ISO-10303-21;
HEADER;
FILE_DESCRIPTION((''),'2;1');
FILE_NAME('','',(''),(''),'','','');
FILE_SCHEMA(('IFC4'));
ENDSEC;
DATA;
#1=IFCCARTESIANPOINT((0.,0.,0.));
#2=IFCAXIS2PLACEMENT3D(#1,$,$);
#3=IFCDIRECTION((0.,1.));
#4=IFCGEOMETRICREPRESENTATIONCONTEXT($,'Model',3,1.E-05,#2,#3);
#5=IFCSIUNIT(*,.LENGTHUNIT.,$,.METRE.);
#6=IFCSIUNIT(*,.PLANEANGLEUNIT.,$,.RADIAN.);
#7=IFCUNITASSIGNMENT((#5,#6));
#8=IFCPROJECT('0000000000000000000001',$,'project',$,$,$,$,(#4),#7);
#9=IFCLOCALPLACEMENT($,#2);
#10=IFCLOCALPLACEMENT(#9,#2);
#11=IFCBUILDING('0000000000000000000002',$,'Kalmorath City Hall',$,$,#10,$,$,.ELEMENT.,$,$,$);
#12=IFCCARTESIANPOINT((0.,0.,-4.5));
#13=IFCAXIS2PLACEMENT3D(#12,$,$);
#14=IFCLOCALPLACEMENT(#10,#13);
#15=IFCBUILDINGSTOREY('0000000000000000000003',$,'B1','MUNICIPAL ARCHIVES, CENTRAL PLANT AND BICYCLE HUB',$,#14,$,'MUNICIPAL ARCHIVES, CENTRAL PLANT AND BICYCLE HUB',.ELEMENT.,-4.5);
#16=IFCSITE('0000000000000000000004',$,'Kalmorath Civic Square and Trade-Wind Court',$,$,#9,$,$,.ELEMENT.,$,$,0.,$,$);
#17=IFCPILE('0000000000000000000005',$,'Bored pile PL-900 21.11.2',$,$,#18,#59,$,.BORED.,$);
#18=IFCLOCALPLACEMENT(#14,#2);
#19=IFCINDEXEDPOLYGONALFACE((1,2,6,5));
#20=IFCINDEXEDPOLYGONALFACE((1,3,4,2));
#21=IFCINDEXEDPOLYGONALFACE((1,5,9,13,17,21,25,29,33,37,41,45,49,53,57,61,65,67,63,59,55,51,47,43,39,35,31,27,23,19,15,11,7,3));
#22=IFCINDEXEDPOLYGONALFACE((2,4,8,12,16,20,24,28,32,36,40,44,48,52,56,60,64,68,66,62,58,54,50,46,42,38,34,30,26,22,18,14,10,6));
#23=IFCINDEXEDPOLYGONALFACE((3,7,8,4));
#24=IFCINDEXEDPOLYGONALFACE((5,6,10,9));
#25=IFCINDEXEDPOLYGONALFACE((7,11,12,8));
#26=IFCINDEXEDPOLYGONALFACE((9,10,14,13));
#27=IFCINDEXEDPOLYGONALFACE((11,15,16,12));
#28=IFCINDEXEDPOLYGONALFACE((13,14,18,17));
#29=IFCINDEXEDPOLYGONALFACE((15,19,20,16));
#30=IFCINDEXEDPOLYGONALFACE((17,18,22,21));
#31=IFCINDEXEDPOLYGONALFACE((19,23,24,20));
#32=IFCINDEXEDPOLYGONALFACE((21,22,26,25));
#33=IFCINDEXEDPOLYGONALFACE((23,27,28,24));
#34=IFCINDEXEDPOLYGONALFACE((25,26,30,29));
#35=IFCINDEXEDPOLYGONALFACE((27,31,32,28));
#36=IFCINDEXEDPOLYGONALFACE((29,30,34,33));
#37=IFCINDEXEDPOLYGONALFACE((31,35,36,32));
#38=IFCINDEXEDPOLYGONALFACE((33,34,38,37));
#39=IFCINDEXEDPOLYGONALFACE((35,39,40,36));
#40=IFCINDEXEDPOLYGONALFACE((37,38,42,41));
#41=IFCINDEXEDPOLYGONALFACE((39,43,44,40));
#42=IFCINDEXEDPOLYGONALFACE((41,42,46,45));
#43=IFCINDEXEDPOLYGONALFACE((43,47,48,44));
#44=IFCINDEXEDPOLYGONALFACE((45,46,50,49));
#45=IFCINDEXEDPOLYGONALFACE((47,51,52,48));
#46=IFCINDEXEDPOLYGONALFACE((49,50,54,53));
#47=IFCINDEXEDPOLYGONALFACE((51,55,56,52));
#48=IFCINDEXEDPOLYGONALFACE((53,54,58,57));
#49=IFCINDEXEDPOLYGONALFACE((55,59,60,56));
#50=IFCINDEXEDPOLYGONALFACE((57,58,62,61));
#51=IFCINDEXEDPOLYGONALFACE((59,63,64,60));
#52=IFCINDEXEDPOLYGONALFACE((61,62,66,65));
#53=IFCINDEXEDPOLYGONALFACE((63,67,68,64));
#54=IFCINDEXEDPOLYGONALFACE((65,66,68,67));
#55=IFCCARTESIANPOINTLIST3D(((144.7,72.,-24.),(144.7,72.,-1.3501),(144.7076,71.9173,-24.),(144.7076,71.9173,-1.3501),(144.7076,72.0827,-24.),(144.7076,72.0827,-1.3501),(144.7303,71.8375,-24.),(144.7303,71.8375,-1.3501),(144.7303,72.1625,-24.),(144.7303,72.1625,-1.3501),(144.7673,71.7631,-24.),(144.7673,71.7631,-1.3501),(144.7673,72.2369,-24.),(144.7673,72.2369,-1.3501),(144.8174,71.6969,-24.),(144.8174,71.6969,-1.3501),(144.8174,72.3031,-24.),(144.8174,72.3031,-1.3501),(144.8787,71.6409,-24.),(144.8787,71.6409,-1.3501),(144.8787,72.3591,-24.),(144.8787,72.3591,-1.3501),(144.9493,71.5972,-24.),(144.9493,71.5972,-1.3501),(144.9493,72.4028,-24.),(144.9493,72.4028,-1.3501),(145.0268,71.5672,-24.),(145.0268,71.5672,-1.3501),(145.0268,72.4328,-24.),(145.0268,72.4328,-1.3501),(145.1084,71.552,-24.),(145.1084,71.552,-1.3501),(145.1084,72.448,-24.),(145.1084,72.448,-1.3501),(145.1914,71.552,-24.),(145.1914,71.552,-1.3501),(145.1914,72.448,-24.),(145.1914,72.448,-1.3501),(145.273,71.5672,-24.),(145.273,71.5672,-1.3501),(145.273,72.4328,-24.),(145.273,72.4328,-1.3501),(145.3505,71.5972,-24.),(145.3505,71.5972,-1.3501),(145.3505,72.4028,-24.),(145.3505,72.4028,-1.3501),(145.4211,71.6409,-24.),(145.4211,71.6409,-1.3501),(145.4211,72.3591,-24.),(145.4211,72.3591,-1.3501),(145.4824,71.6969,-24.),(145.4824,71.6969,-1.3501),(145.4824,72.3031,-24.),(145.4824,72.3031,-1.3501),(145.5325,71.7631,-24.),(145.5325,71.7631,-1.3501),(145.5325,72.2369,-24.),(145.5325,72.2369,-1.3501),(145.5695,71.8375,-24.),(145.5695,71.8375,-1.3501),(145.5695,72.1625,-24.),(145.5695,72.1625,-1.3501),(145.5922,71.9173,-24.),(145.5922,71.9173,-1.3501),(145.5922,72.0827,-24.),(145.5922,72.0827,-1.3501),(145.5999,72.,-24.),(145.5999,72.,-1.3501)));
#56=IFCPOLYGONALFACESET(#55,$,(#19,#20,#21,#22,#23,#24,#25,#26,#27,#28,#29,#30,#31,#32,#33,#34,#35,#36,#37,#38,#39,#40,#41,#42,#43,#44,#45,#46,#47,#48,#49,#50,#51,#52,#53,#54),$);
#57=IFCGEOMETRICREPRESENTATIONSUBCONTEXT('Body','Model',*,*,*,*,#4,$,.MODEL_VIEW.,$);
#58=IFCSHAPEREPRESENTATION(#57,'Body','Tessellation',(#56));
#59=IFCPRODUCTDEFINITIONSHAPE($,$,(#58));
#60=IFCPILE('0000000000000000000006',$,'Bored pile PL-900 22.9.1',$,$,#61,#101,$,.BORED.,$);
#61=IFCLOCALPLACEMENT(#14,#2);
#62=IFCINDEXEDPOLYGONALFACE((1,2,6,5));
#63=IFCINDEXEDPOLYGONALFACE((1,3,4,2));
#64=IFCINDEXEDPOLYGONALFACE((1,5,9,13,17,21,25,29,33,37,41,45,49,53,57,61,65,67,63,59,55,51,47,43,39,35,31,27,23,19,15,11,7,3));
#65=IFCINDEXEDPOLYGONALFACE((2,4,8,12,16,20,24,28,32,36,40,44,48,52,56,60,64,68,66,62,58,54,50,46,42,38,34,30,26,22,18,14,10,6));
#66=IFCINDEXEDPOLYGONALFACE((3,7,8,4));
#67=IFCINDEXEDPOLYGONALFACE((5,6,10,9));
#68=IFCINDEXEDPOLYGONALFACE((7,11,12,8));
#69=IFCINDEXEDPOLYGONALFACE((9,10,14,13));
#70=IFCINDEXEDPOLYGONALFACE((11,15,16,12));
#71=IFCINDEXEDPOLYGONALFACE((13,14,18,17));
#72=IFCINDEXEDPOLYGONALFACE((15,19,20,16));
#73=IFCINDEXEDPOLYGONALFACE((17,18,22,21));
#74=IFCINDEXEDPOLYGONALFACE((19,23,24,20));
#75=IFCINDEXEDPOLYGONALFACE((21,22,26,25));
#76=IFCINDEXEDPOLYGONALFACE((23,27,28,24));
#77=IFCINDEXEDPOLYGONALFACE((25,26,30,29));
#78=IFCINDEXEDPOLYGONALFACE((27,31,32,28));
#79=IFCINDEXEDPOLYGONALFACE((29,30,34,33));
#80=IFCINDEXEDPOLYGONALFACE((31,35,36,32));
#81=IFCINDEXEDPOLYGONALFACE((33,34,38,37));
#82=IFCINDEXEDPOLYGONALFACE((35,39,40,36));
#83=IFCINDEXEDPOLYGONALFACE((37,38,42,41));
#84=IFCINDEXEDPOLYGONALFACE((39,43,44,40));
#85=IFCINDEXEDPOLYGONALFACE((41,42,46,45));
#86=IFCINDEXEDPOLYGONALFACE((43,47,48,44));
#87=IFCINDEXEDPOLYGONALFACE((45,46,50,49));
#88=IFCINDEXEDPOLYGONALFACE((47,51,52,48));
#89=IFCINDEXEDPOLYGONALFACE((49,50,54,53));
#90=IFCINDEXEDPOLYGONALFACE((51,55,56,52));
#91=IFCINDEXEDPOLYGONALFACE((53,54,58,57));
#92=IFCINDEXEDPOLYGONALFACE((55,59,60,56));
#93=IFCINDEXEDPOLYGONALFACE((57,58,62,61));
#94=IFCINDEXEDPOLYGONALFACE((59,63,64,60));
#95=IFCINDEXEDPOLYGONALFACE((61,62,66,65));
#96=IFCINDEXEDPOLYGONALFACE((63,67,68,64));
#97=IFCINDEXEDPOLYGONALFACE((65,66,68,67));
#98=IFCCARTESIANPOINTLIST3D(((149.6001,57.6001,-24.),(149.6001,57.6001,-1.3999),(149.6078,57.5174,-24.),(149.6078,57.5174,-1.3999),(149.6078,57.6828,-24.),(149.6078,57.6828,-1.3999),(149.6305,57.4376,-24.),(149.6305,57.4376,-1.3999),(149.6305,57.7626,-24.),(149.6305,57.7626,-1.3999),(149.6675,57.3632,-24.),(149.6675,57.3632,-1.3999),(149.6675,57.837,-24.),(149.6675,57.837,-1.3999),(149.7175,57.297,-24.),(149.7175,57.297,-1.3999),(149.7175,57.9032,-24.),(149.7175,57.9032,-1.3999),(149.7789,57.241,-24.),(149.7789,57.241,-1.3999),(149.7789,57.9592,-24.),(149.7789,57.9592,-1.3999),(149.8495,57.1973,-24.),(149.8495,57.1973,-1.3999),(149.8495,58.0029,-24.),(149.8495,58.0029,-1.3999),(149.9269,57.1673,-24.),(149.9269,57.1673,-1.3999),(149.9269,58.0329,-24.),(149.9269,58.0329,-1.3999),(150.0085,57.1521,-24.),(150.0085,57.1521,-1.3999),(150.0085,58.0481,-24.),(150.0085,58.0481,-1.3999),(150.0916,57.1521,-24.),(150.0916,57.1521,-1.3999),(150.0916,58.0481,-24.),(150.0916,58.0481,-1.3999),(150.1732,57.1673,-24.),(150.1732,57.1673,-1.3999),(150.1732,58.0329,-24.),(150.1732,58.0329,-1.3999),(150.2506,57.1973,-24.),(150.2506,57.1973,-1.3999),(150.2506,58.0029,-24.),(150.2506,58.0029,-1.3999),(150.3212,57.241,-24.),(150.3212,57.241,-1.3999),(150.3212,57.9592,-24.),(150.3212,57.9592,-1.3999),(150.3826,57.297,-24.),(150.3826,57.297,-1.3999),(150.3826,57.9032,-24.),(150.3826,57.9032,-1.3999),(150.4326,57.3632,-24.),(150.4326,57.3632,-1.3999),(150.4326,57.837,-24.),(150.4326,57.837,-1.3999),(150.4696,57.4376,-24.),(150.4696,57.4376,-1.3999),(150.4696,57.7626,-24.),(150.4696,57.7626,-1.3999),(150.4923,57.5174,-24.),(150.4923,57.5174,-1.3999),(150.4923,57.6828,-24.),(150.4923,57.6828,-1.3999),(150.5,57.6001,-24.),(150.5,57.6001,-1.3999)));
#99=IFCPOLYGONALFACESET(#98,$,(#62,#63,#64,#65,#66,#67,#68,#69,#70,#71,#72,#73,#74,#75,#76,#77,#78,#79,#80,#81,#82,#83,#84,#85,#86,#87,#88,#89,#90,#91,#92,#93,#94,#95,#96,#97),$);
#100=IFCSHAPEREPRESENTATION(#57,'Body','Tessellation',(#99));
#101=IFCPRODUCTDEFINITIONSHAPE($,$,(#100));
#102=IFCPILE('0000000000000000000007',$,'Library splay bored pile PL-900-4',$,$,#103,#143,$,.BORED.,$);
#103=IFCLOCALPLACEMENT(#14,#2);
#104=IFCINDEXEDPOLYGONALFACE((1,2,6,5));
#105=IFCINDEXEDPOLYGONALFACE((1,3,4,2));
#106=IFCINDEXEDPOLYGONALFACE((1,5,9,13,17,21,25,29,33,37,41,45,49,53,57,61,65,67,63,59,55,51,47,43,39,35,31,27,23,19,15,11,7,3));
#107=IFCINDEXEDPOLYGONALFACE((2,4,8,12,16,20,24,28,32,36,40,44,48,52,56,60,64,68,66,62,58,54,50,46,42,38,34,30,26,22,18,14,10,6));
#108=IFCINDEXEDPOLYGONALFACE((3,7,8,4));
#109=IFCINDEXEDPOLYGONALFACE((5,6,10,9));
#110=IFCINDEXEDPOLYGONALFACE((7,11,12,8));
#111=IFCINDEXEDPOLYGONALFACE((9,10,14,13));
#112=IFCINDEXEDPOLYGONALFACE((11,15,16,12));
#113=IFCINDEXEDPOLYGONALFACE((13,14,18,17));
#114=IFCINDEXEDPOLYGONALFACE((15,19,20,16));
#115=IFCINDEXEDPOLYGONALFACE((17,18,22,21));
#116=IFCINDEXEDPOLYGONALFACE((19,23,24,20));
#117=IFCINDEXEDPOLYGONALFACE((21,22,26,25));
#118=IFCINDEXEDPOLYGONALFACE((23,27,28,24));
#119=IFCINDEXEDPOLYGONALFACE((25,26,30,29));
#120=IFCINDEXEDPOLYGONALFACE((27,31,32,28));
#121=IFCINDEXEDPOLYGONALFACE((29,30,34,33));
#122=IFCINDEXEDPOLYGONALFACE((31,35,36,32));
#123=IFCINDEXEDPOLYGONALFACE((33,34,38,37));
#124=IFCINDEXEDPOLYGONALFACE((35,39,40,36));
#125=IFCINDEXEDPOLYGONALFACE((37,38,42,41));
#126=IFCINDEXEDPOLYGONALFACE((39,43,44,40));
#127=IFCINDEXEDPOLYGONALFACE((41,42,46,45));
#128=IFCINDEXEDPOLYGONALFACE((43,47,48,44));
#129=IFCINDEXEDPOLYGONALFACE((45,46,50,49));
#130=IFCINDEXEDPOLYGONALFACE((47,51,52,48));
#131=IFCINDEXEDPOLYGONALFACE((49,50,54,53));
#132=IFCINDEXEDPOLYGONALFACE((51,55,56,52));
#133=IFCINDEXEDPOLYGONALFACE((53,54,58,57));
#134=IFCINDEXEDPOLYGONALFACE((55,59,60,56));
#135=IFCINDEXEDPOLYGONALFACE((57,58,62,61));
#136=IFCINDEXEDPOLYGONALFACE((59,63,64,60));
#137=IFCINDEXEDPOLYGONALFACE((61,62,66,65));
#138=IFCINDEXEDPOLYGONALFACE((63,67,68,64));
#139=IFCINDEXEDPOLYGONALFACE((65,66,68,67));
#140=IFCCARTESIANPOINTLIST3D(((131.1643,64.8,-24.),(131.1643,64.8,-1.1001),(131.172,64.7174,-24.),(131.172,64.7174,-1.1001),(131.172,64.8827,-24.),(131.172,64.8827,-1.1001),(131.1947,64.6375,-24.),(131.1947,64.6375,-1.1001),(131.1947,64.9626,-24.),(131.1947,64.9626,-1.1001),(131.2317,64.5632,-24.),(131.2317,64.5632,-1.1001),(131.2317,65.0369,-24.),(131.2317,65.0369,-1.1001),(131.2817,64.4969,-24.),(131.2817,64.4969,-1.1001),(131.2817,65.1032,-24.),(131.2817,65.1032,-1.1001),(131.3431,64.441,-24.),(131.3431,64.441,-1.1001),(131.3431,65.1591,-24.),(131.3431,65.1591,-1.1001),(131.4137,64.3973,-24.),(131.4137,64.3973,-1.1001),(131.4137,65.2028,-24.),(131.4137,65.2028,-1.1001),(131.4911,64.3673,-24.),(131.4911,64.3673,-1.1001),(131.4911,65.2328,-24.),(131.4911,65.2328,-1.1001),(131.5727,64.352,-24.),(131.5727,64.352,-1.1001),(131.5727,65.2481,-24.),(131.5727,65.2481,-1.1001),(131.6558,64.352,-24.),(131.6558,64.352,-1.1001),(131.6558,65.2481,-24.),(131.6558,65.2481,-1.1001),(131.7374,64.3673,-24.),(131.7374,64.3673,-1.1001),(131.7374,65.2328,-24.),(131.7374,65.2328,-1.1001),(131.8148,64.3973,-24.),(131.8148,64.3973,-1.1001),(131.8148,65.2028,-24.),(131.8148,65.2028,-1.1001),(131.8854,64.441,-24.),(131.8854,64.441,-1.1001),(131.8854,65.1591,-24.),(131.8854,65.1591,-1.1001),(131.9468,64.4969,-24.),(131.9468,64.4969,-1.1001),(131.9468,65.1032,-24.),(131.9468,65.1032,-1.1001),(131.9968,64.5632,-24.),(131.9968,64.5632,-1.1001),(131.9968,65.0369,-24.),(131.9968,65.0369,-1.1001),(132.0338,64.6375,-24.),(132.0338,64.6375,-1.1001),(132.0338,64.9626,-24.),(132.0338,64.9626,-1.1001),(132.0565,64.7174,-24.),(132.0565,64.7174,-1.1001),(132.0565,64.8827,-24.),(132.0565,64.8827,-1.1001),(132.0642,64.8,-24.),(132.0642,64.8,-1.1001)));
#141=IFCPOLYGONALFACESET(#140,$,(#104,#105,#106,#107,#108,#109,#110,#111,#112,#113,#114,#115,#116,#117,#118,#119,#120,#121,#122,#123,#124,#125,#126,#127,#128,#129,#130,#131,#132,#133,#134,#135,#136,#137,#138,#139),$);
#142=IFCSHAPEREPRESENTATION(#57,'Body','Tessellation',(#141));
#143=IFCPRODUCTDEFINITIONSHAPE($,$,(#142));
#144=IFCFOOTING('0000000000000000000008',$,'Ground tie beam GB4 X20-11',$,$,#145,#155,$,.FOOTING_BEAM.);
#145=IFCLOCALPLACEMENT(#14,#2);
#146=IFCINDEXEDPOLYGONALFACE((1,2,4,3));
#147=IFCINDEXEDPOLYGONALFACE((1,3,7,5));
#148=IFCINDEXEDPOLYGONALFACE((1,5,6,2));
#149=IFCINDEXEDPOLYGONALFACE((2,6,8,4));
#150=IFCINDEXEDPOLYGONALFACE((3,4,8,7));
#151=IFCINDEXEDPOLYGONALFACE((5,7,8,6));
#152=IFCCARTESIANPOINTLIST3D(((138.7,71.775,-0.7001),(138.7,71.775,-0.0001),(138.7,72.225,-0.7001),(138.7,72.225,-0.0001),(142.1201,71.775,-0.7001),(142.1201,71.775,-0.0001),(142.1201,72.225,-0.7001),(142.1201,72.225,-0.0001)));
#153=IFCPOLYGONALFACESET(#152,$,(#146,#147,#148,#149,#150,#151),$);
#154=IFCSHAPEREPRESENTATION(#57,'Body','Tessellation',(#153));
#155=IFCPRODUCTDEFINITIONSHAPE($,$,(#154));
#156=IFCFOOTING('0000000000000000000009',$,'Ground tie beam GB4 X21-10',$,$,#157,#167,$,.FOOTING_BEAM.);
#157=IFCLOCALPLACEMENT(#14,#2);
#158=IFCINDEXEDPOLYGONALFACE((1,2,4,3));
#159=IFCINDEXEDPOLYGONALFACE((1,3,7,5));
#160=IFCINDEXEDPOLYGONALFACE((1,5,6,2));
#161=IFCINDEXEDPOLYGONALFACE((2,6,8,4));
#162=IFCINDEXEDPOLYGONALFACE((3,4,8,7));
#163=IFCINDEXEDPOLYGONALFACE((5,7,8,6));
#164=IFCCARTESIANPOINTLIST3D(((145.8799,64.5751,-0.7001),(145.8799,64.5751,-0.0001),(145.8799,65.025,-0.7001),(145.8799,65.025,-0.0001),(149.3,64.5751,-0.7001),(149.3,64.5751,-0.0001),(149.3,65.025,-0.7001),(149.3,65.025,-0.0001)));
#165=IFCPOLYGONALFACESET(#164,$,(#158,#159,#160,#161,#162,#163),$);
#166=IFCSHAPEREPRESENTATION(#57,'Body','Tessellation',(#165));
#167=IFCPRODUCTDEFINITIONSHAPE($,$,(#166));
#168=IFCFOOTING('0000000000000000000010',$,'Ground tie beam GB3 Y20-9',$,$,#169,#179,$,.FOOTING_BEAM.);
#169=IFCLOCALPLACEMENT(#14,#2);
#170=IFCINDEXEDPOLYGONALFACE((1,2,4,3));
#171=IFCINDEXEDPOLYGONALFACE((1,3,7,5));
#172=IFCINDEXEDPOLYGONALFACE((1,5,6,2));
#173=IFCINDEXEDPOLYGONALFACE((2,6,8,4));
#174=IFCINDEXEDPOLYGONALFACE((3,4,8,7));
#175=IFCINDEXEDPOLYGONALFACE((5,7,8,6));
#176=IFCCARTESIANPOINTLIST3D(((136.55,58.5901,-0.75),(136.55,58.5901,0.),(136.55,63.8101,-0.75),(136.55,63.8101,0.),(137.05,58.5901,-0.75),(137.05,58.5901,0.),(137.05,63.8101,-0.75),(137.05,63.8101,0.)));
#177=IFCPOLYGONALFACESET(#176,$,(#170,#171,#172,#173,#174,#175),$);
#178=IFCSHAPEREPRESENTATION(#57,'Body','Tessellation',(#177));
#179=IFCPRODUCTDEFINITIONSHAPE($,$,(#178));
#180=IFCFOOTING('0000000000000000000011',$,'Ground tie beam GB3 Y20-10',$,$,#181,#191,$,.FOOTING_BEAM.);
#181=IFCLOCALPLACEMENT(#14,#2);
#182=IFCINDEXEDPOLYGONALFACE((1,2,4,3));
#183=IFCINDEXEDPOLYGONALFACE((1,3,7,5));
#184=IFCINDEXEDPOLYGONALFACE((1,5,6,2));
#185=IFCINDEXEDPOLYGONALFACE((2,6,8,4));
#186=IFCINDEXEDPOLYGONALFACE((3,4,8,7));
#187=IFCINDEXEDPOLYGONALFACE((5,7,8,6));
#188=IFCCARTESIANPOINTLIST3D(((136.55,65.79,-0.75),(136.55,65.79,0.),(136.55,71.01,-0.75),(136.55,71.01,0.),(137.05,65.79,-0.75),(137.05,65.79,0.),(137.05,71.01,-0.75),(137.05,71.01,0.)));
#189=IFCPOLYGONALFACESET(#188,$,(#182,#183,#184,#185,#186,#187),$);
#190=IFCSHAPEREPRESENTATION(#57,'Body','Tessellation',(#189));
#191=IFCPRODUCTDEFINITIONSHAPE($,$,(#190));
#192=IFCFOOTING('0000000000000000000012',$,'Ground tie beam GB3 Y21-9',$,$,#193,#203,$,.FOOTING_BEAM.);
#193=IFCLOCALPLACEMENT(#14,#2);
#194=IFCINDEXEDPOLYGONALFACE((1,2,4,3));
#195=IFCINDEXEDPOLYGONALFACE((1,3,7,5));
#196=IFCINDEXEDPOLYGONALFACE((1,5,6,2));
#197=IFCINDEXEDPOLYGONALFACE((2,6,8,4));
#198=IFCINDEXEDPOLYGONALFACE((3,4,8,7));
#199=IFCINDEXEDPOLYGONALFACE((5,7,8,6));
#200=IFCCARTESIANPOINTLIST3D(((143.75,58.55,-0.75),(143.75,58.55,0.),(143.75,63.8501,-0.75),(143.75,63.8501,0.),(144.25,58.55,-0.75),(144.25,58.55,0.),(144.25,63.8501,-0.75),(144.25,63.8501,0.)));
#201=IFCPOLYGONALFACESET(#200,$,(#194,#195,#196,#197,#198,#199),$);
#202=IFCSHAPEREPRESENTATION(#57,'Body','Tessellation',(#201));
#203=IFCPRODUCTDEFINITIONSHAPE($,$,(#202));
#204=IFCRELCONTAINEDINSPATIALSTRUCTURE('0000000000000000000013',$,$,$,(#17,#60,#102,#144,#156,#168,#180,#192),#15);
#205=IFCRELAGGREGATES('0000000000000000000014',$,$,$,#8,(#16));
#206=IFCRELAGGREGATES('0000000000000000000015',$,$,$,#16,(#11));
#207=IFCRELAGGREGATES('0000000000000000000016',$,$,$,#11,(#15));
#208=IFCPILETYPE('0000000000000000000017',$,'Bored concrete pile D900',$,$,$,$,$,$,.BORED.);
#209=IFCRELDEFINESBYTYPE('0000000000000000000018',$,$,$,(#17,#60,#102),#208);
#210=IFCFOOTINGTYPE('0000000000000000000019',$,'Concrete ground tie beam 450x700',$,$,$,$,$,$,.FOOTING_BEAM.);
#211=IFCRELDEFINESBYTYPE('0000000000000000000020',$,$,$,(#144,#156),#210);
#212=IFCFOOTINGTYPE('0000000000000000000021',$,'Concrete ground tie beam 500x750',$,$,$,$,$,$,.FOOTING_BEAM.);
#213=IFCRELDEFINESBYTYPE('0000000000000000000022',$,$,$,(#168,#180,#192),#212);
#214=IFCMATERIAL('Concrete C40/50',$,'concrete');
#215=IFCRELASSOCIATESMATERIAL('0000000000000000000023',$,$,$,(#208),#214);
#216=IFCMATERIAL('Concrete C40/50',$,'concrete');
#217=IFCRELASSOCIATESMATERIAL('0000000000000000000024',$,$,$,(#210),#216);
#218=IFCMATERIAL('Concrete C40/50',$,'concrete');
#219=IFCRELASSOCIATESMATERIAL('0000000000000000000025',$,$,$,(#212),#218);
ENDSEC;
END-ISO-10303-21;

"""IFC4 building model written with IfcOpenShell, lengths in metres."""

from ifc_helpers import new_model, si_unit, direction, frame, origin, origin_2d, place, context, subcontext, project, spatial, rectangle, circle, extrude, material, material_profile, profile_set, type_object, element, save


model = new_model("IFC4")

# Units and contexts
model_context = context("Model", 3, precision=1e-05, world=origin(), true_north=direction((0.0, 1.0)))
body_context = subcontext(model_context, "Body", "Model", "MODEL_VIEW")
ifc_project = project(units=[si_unit("LENGTHUNIT", "METRE"), si_unit("PLANEANGLEUNIT", "RADIAN")], contexts=[model_context])

# Site, building, storey
site_placement = place(None, origin())
site = spatial("IfcSite", under=ifc_project, at=site_placement, Name="Kalmorath Civic Square and Trade-Wind Court", CompositionType="ELEMENT", RefElevation=0.0)
building_placement = place(site_placement, origin())
building = spatial("IfcBuilding", under=site, at=building_placement, Name="Kalmorath City Hall", CompositionType="ELEMENT")
storey_placement = place(building_placement, frame((0.0, 0.0, -4.5)))
storey = spatial("IfcBuildingStorey", under=building, at=storey_placement, Name="B1", Description="MUNICIPAL ARCHIVES, CENTRAL PLANT AND BICYCLE HUB", LongName="MUNICIPAL ARCHIVES, CENTRAL PLANT AND BICYCLE HUB", CompositionType="ELEMENT", Elevation=-4.5)

# Piles
ifc_material_1 = material(Name="Concrete C40/50", Category="concrete")
ifc_material_profile_1 = material_profile(ifc_material_1, circle(Radius=0.45, at=origin_2d()), Name="PILE-D900")
ifc_profile_set_1 = profile_set([ifc_material_profile_1], Name="Concrete C40/50")
pile_type = type_object("IfcPileType", Name="Bored concrete pile D900", PredefinedType="BORED", material=ifc_profile_set_1)
for number, where, z_axis, x_axis, name in (
    (1, (145.1499, 72.0, -1.3501), (0.0, 0.0, -1.0), (1.0, 0.0, 0.0), "Bored pile PL-900 21.11.2"),
):
    element("IfcPile", number, at=place(storey_placement, frame(where, z_axis=z_axis, x_axis=x_axis)), inside=storey, type_object=pile_type, Name=name, PredefinedType="BORED", context=body_context, shape_type="SweptSolid", body=[
        extrude(circle(Radius=0.45, at=origin_2d()), origin(), (0.0, 0.0, 1.0), 22.6499),
    ])
pile_1_placement = place(storey_placement, frame((150.05, 57.6001, -1.3999), z_axis=(0.0, 0.0, -1.0), x_axis=(1.0, 0.0, 0.0)))
element("IfcPile", 2, at=pile_1_placement, inside=storey, type_object=pile_type, Name="Bored pile PL-900 22.9.1", PredefinedType="BORED", context=body_context, shape_type="SweptSolid", body=[
    extrude(circle(Radius=0.45, at=origin_2d()), origin(), (0.0, 0.0, 1.0), 22.6001),
])
pile_2_placement = place(storey_placement, frame((131.6143, 64.8, -1.1001), z_axis=(0.0, 0.0, -1.0), x_axis=(1.0, 0.0, 0.0)))
element("IfcPile", 3, at=pile_2_placement, inside=storey, type_object=pile_type, Name="Library splay bored pile PL-900-4", PredefinedType="BORED", context=body_context, shape_type="SweptSolid", body=[
    extrude(circle(Radius=0.45, at=origin_2d()), origin(), (0.0, 0.0, 1.0), 22.8999),
])

# Footings
ifc_material_2 = material(Name="Concrete C40/50", Category="concrete")
ifc_material_profile_2 = material_profile(ifc_material_2, rectangle(XDim=0.45, YDim=0.7, at=origin_2d()), Name="RC-BM-450X700")
ifc_profile_set_2 = profile_set([ifc_material_profile_2], Name="Concrete C40/50")
footing_type_1 = type_object("IfcFootingType", Name="Concrete ground tie beam 450x700", PredefinedType="FOOTING_BEAM", material=ifc_profile_set_2)
for number, where, z_axis, x_axis, name in (
    (4, (138.7, 72.0, -0.3501), (1.0, 0.0, 0.0), (0.0, 1.0, 0.0), "Ground tie beam GB4 X20-11"),
    (5, (145.8799, 64.8, -0.3501), (1.0, 0.0, 0.0), (0.0, 1.0, 0.0), "Ground tie beam GB4 X21-10"),
):
    element("IfcFooting", number, at=place(storey_placement, frame(where, z_axis=z_axis, x_axis=x_axis)), inside=storey, type_object=footing_type_1, Name=name, PredefinedType="FOOTING_BEAM", context=body_context, shape_type="SweptSolid", body=[
        extrude(rectangle(XDim=0.45, YDim=0.7, at=origin_2d()), origin(), (0.0, 0.0, 1.0), 3.4202),
    ])
ifc_material_3 = material(Name="Concrete C40/50", Category="concrete")
ifc_material_profile_3 = material_profile(ifc_material_3, rectangle(XDim=0.5, YDim=0.75, at=origin_2d()), Name="RC-BM-500X750")
ifc_profile_set_3 = profile_set([ifc_material_profile_3], Name="Concrete C40/50")
footing_type_2 = type_object("IfcFootingType", Name="Concrete ground tie beam 500x750", PredefinedType="FOOTING_BEAM", material=ifc_profile_set_3)
for number, where, z_axis, x_axis, name in (
    (6, (136.8, 58.5901, -0.375), (0.0, 1.0, 0.0), (-1.0, 0.0, 0.0), "Ground tie beam GB3 Y20-9"),
    (7, (136.8, 65.79, -0.375), (0.0, 1.0, 0.0), (-1.0, 0.0, 0.0), "Ground tie beam GB3 Y20-10"),
):
    element("IfcFooting", number, at=place(storey_placement, frame(where, z_axis=z_axis, x_axis=x_axis)), inside=storey, type_object=footing_type_2, Name=name, PredefinedType="FOOTING_BEAM", context=body_context, shape_type="SweptSolid", body=[
        extrude(rectangle(XDim=0.5, YDim=0.75, at=origin_2d()), origin(), (0.0, 0.0, 1.0), 5.22),
    ])
for number, where, z_axis, x_axis, name in (
    (8, (144.0, 58.55, -0.375), (0.0, 1.0, 0.0), (-1.0, 0.0, 0.0), "Ground tie beam GB3 Y21-9"),
):
    element("IfcFooting", number, at=place(storey_placement, frame(where, z_axis=z_axis, x_axis=x_axis)), inside=storey, type_object=footing_type_2, Name=name, PredefinedType="FOOTING_BEAM", context=body_context, shape_type="SweptSolid", body=[
        extrude(rectangle(XDim=0.5, YDim=0.75, at=origin_2d()), origin(), (0.0, 0.0, 1.0), 5.3),
    ])

save(model, "model.ifc")
